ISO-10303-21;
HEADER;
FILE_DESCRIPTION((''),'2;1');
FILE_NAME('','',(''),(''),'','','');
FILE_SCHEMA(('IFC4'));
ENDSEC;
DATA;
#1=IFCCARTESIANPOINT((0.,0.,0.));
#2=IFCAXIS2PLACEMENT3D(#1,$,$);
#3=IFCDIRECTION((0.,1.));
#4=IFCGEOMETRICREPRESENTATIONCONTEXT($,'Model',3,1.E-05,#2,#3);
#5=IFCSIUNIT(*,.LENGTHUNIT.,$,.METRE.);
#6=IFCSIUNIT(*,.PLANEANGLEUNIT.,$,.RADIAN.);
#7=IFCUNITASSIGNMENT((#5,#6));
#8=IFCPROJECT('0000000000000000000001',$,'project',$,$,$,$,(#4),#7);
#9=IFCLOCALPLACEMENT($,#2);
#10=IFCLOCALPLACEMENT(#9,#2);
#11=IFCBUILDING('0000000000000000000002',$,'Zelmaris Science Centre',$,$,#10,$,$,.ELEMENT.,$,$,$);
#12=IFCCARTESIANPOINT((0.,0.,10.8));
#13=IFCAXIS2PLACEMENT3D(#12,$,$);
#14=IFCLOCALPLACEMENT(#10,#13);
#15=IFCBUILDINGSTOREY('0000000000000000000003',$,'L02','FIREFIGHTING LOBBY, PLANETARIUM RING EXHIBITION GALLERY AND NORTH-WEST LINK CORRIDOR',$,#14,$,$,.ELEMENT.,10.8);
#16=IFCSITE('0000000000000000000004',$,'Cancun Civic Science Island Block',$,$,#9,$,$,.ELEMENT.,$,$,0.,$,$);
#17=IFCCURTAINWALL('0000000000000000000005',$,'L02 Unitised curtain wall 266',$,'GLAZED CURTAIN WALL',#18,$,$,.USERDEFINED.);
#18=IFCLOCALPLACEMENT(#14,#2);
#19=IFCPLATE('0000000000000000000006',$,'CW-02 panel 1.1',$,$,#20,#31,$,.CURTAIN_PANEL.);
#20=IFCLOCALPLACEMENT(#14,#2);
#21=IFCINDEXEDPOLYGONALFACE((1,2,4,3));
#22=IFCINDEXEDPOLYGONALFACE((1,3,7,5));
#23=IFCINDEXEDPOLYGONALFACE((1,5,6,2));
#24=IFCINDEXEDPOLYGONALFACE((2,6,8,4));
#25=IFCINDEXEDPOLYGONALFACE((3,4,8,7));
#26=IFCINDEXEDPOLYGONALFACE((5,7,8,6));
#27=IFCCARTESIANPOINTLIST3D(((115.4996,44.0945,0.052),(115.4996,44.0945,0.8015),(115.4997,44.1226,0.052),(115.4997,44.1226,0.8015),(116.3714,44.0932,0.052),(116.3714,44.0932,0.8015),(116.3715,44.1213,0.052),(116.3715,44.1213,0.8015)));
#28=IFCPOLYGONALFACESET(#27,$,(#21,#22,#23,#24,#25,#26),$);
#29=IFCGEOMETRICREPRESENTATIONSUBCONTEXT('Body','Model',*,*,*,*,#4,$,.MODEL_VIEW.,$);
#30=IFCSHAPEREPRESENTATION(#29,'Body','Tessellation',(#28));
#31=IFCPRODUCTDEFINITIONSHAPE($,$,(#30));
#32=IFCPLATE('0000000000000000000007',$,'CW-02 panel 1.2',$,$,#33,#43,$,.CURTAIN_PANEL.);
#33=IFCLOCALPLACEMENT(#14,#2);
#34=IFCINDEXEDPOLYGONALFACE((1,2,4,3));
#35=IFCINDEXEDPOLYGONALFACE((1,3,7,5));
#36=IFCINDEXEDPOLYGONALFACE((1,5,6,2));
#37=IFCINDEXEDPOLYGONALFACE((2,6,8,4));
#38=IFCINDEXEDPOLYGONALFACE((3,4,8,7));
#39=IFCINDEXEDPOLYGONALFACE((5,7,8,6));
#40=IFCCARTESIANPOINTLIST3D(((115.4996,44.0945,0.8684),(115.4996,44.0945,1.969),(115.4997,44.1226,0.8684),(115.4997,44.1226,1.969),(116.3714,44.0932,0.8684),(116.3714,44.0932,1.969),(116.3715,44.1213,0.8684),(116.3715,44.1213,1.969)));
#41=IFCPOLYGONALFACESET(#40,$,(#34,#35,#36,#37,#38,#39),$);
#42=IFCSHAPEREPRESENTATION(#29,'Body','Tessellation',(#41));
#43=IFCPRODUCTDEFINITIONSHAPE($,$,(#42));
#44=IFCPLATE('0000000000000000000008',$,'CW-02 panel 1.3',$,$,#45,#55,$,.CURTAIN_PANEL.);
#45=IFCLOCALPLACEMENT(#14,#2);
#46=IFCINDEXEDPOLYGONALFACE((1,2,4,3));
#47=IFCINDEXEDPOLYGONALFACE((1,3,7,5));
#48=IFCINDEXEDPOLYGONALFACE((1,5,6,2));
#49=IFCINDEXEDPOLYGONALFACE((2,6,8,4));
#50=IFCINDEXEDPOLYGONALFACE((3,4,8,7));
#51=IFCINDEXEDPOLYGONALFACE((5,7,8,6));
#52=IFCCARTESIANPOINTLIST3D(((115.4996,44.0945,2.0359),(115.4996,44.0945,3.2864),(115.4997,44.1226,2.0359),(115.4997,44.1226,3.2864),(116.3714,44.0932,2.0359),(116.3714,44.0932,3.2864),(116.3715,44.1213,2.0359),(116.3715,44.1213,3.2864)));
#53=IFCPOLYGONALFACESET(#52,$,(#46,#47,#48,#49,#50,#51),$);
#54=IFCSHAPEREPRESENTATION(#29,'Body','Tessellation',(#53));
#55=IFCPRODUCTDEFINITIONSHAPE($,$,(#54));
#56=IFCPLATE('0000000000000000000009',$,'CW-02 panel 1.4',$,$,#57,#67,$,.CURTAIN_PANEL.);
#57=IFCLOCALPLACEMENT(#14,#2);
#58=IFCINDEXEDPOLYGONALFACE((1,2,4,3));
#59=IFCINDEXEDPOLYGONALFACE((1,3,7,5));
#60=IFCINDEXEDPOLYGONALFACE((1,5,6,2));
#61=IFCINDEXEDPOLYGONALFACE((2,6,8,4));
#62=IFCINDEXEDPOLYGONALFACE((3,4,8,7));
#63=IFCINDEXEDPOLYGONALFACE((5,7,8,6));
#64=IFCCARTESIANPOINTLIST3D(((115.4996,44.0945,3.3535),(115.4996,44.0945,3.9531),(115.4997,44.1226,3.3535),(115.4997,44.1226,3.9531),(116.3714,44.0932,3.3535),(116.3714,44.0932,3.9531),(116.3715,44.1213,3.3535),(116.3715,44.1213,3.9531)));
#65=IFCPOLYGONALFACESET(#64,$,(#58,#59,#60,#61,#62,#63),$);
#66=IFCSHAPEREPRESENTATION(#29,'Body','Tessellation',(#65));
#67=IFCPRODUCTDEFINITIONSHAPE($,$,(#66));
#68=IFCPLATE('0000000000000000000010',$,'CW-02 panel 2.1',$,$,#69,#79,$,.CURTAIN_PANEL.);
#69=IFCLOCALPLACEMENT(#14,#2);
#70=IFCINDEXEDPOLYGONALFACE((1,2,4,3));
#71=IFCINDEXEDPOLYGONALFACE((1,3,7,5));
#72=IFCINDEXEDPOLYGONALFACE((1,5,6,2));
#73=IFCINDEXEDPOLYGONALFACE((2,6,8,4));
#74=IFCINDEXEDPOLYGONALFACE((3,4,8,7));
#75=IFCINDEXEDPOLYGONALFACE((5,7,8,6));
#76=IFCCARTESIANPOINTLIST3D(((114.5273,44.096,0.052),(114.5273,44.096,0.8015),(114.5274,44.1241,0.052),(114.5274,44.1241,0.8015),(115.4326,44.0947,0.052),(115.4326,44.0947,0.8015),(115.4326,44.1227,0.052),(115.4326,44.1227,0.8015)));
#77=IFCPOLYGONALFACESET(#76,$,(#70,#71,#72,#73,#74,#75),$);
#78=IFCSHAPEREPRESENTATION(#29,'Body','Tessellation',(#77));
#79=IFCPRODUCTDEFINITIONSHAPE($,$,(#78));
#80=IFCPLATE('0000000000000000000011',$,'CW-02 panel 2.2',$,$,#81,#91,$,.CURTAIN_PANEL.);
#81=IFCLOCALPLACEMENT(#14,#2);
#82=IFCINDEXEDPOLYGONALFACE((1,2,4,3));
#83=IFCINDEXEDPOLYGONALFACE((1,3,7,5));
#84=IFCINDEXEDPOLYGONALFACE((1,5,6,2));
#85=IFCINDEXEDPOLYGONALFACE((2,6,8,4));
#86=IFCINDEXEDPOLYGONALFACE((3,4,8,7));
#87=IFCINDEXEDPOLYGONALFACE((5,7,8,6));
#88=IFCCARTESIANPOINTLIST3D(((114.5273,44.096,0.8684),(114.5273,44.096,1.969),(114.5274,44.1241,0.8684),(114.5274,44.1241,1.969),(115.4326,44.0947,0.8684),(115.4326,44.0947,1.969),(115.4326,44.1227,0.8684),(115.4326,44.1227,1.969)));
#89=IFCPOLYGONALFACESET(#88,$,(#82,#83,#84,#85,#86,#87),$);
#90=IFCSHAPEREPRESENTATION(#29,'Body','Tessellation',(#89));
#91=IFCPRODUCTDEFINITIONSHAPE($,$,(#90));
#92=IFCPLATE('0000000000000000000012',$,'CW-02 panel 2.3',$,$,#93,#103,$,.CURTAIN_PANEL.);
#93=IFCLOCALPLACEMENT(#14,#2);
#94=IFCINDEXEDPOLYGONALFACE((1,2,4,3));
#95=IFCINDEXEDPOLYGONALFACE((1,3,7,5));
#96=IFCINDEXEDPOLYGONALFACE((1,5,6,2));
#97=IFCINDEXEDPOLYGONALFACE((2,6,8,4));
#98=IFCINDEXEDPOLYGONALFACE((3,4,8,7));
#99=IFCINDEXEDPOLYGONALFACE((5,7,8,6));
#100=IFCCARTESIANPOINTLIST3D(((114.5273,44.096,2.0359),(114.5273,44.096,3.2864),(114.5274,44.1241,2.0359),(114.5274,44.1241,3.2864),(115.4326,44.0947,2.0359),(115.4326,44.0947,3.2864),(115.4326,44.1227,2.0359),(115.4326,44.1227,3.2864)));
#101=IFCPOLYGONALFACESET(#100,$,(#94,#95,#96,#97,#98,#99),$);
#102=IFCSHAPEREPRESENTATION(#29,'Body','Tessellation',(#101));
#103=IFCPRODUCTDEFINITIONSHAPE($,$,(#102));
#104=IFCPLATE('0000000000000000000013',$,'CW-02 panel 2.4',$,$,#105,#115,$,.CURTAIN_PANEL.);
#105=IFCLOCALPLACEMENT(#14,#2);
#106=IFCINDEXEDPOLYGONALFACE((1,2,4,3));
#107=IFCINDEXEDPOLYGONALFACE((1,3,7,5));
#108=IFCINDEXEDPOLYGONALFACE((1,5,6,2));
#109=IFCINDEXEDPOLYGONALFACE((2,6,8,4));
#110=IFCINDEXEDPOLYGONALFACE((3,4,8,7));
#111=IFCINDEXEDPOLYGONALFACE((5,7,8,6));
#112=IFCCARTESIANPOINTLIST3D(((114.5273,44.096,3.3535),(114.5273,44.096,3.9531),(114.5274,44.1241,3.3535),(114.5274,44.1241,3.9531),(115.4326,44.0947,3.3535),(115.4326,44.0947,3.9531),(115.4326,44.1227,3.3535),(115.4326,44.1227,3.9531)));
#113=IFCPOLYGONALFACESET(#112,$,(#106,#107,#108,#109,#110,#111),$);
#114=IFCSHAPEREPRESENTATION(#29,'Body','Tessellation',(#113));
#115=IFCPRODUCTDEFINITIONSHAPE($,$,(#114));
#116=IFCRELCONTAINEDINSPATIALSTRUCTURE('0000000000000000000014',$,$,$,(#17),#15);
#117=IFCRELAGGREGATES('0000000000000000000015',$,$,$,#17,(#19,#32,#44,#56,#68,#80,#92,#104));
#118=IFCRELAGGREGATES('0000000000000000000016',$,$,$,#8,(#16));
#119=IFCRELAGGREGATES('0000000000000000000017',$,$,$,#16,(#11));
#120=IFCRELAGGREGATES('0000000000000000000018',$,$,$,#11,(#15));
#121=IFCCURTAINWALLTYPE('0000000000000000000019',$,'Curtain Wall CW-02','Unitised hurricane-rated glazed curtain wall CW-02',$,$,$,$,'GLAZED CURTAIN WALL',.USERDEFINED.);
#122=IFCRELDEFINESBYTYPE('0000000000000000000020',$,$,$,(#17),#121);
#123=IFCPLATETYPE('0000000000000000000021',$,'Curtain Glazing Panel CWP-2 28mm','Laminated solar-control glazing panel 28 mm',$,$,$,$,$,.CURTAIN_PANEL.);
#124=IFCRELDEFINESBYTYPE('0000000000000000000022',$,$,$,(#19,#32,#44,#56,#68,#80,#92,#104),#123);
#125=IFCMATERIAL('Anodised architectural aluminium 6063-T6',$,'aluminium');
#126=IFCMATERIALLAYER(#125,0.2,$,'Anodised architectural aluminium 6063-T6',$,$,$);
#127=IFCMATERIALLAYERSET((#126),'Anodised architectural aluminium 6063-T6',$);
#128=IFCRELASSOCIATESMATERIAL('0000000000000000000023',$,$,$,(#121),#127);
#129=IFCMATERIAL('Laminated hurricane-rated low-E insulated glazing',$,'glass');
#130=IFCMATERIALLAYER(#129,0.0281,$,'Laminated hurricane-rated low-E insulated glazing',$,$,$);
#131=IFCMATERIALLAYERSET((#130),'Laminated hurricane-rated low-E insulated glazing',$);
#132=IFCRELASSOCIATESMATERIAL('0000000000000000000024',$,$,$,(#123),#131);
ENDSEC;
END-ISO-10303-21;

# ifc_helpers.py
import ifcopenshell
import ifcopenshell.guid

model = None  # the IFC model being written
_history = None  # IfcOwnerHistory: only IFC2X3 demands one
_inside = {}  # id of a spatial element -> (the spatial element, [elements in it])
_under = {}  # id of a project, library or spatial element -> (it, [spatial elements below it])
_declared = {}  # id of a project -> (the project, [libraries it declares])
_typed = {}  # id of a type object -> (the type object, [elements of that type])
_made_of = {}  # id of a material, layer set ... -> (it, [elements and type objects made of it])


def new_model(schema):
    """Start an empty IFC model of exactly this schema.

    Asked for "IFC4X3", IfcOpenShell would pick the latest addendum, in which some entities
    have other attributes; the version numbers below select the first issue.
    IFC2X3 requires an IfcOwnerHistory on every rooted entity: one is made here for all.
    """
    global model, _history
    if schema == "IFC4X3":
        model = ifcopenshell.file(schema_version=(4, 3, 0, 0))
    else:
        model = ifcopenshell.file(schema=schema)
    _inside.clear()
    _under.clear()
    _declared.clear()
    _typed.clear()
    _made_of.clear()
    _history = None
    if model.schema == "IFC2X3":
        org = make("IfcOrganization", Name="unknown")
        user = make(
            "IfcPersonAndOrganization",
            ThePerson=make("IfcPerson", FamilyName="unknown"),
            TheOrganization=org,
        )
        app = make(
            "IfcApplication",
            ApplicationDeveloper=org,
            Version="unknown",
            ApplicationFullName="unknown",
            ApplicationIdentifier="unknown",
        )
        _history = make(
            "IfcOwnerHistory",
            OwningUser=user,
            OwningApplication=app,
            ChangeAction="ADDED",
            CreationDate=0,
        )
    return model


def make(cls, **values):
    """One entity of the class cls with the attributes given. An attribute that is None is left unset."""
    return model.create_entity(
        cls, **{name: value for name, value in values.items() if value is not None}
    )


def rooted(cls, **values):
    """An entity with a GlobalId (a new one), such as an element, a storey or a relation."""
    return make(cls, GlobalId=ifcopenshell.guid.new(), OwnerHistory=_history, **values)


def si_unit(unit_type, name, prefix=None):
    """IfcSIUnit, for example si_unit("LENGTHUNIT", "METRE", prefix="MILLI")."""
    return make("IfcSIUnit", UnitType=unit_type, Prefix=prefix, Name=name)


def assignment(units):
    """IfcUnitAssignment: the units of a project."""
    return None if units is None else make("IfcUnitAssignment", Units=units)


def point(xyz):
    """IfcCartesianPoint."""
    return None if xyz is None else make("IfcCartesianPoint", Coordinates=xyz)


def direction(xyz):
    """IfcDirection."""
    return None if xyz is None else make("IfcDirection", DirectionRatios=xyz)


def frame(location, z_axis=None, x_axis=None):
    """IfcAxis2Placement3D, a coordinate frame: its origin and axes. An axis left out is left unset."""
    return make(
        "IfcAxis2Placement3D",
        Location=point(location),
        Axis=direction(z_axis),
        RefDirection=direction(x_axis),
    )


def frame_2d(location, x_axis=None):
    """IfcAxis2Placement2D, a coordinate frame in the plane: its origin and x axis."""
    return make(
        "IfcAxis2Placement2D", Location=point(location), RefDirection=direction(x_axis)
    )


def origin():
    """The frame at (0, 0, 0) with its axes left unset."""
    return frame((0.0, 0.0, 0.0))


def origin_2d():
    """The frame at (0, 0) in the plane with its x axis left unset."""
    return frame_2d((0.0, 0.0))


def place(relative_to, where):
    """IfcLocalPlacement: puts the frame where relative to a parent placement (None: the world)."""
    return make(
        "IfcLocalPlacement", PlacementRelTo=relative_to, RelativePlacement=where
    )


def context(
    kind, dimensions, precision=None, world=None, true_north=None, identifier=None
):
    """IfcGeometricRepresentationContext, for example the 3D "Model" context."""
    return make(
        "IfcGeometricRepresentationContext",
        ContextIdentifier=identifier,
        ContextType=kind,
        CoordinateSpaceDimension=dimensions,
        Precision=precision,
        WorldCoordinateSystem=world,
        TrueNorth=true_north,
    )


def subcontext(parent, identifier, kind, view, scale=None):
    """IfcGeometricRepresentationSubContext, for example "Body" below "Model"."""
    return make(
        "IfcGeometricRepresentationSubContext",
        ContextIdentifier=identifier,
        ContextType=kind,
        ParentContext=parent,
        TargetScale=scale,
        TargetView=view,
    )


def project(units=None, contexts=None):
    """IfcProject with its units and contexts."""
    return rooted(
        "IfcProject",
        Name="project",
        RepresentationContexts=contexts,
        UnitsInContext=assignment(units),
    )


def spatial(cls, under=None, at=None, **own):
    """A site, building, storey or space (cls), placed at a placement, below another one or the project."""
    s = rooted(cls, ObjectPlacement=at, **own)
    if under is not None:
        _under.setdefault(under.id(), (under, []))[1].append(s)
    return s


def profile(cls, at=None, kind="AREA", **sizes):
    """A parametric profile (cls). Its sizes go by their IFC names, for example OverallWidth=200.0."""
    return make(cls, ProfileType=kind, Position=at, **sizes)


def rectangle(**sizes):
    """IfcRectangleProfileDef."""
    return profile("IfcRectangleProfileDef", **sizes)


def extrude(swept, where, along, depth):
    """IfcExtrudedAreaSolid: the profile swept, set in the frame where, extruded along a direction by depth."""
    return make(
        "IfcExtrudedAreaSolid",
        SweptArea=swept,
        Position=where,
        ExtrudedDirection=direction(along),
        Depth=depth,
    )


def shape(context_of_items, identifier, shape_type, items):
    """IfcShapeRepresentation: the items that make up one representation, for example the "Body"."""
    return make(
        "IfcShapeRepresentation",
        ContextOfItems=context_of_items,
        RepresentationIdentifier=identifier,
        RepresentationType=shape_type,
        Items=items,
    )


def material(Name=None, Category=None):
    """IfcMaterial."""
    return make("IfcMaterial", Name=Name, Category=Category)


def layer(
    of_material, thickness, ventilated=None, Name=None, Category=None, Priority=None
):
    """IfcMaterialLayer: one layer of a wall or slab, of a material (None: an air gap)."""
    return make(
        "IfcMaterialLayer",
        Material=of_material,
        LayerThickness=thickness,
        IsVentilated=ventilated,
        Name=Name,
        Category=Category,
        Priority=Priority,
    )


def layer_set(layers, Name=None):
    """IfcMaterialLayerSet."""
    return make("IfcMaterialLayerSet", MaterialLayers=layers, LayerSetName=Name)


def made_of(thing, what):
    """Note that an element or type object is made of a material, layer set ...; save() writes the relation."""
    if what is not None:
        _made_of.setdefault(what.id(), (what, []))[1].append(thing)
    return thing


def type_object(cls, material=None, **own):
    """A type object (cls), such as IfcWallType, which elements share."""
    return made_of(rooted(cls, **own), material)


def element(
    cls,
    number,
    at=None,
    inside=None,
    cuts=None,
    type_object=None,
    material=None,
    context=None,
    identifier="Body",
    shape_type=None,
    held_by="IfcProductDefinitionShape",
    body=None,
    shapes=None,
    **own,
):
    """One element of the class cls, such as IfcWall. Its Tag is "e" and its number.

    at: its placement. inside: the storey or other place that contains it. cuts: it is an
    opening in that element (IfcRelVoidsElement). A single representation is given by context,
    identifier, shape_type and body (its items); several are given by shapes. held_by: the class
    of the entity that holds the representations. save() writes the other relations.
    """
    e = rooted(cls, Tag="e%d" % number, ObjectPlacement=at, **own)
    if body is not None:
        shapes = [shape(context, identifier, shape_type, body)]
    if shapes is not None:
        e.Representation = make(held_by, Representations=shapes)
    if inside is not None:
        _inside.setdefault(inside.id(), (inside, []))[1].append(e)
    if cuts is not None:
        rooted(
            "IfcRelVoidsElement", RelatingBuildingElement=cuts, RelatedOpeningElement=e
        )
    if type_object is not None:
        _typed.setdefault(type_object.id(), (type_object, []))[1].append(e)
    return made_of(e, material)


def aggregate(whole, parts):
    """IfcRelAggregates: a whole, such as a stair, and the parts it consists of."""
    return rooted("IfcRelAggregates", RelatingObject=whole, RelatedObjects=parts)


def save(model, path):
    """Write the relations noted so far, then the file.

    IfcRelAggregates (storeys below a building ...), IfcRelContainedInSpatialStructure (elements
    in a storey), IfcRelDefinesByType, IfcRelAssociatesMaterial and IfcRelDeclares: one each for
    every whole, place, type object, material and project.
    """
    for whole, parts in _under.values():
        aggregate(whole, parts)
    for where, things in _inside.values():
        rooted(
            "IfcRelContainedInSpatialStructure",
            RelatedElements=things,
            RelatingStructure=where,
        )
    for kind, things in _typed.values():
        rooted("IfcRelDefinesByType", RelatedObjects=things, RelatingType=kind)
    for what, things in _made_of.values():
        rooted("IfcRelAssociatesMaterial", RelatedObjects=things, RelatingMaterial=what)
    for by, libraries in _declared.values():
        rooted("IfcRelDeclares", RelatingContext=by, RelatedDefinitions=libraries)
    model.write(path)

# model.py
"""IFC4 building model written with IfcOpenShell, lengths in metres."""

from ifc_helpers import new_model, si_unit, direction, frame, origin, origin_2d, place, context, subcontext, project, spatial, rectangle, extrude, material, layer, layer_set, type_object, element, aggregate, save


model = new_model("IFC4")

# Units and contexts
model_context = context("Model", 3, precision=1e-05, world=origin(), true_north=direction((0.0, 1.0)))
body_context = subcontext(model_context, "Body", "Model", "MODEL_VIEW")
ifc_project = project(units=[si_unit("LENGTHUNIT", "METRE"), si_unit("PLANEANGLEUNIT", "RADIAN")], contexts=[model_context])

# Site, building, storey
site_placement = place(None, origin())
site = spatial("IfcSite", under=ifc_project, at=site_placement, Name="Cancun Civic Science Island Block", CompositionType="ELEMENT", RefElevation=0.0)
building_placement = place(site_placement, origin())
building = spatial("IfcBuilding", under=site, at=building_placement, Name="Zelmaris Science Centre", CompositionType="ELEMENT")
storey_placement = place(building_placement, frame((0.0, 0.0, 10.8)))
storey = spatial("IfcBuildingStorey", under=building, at=storey_placement, Name="L02", Description="FIREFIGHTING LOBBY, PLANETARIUM RING EXHIBITION GALLERY AND NORTH-WEST LINK CORRIDOR", CompositionType="ELEMENT", Elevation=10.8)

# Curtain wall
ifc_material_1 = material(Name="Anodised architectural aluminium 6063-T6", Category="aluminium")
ifc_layer_1 = layer(ifc_material_1, 0.2, Name="Anodised architectural aluminium 6063-T6")
ifc_layer_set_1 = layer_set([ifc_layer_1], Name="Anodised architectural aluminium 6063-T6")
curtain_wall_type = type_object("IfcCurtainWallType", Name="Curtain Wall CW-02", Description="Unitised hurricane-rated glazed curtain wall CW-02", ElementType="GLAZED CURTAIN WALL", PredefinedType="USERDEFINED", material=ifc_layer_set_1)
curtain_wall_placement = place(storey_placement, origin())
curtain_wall = element("IfcCurtainWall", 1, at=curtain_wall_placement, inside=storey, type_object=curtain_wall_type, Name="L02 Unitised curtain wall 266", ObjectType="GLAZED CURTAIN WALL", PredefinedType="USERDEFINED")

# Plates
ifc_material_2 = material(Name="Laminated hurricane-rated low-E insulated glazing", Category="glass")
ifc_layer_2 = layer(ifc_material_2, 0.0281, Name="Laminated hurricane-rated low-E insulated glazing")
ifc_layer_set_2 = layer_set([ifc_layer_2], Name="Laminated hurricane-rated low-E insulated glazing")
plate_type = type_object("IfcPlateType", Name="Curtain Glazing Panel CWP-2 28mm", Description="Laminated solar-control glazing panel 28 mm", PredefinedType="CURTAIN_PANEL", material=ifc_layer_set_2)
plate_1_placement = place(storey_placement, frame((115.9355, 44.1079, 0.052), z_axis=(0.0, 0.0, 1.0), x_axis=(-0.999999, 0.001517, 0.0)))
plate_1 = element("IfcPlate", 2, at=plate_1_placement, type_object=plate_type, Name="CW-02 panel 1.1", PredefinedType="CURTAIN_PANEL", context=body_context, shape_type="SweptSolid", body=[
    extrude(rectangle(XDim=0.8718, YDim=0.0281, at=origin_2d()), origin(), (0.0, 0.0, 1.0), 0.7495),
])
plate_2_placement = place(storey_placement, frame((115.9355, 44.1079, 0.8684), z_axis=(0.0, 0.0, 1.0), x_axis=(-0.999999, 0.001517, 0.0)))
plate_2 = element("IfcPlate", 3, at=plate_2_placement, type_object=plate_type, Name="CW-02 panel 1.2", PredefinedType="CURTAIN_PANEL", context=body_context, shape_type="SweptSolid", body=[
    extrude(rectangle(XDim=0.8718, YDim=0.0281, at=origin_2d()), origin(), (0.0, 0.0, 1.0), 1.1006),
])
plate_3_placement = place(storey_placement, frame((115.9355, 44.1079, 2.0359), z_axis=(0.0, 0.0, 1.0), x_axis=(-0.999999, 0.001517, 0.0)))
plate_3 = element("IfcPlate", 4, at=plate_3_placement, type_object=plate_type, Name="CW-02 panel 1.3", PredefinedType="CURTAIN_PANEL", context=body_context, shape_type="SweptSolid", body=[
    extrude(rectangle(XDim=0.8718, YDim=0.0281, at=origin_2d()), origin(), (0.0, 0.0, 1.0), 1.2505),
])
plate_4_placement = place(storey_placement, frame((115.9355, 44.1079, 3.3535), z_axis=(0.0, 0.0, 1.0), x_axis=(-0.999999, 0.001517, 0.0)))
plate_4 = element("IfcPlate", 5, at=plate_4_placement, type_object=plate_type, Name="CW-02 panel 1.4", PredefinedType="CURTAIN_PANEL", context=body_context, shape_type="SweptSolid", body=[
    extrude(rectangle(XDim=0.8718, YDim=0.0281, at=origin_2d()), origin(), (0.0, 0.0, 1.0), 0.5996),
])
plate_5_placement = place(storey_placement, frame((114.98, 44.1094, 0.052), z_axis=(0.0, 0.0, 1.0), x_axis=(-0.999999, 0.001517, 0.0)))
plate_5 = element("IfcPlate", 6, at=plate_5_placement, type_object=plate_type, Name="CW-02 panel 2.1", PredefinedType="CURTAIN_PANEL", context=body_context, shape_type="SweptSolid", body=[
    extrude(rectangle(XDim=0.9053, YDim=0.0281, at=origin_2d()), origin(), (0.0, 0.0, 1.0), 0.7495),
])
plate_6_placement = place(storey_placement, frame((114.98, 44.1094, 0.8684), z_axis=(0.0, 0.0, 1.0), x_axis=(-0.999999, 0.001517, 0.0)))
plate_6 = element("IfcPlate", 7, at=plate_6_placement, type_object=plate_type, Name="CW-02 panel 2.2", PredefinedType="CURTAIN_PANEL", context=body_context, shape_type="SweptSolid", body=[
    extrude(rectangle(XDim=0.9053, YDim=0.0281, at=origin_2d()), origin(), (0.0, 0.0, 1.0), 1.1006),
])
plate_7_placement = place(storey_placement, frame((114.98, 44.1094, 2.0359), z_axis=(0.0, 0.0, 1.0), x_axis=(-0.999999, 0.001517, 0.0)))
plate_7 = element("IfcPlate", 8, at=plate_7_placement, type_object=plate_type, Name="CW-02 panel 2.3", PredefinedType="CURTAIN_PANEL", context=body_context, shape_type="SweptSolid", body=[
    extrude(rectangle(XDim=0.9053, YDim=0.0281, at=origin_2d()), origin(), (0.0, 0.0, 1.0), 1.2505),
])
plate_8_placement = place(storey_placement, frame((114.98, 44.1094, 3.3535), z_axis=(0.0, 0.0, 1.0), x_axis=(-0.999999, 0.001517, 0.0)))
plate_8 = element("IfcPlate", 9, at=plate_8_placement, type_object=plate_type, Name="CW-02 panel 2.4", PredefinedType="CURTAIN_PANEL", context=body_context, shape_type="SweptSolid", body=[
    extrude(rectangle(XDim=0.9053, YDim=0.0281, at=origin_2d()), origin(), (0.0, 0.0, 1.0), 0.5996),
])
aggregate(curtain_wall, [plate_1, plate_2, plate_3, plate_4, plate_5, plate_6, plate_7, plate_8])

save(model, "model.ifc")
